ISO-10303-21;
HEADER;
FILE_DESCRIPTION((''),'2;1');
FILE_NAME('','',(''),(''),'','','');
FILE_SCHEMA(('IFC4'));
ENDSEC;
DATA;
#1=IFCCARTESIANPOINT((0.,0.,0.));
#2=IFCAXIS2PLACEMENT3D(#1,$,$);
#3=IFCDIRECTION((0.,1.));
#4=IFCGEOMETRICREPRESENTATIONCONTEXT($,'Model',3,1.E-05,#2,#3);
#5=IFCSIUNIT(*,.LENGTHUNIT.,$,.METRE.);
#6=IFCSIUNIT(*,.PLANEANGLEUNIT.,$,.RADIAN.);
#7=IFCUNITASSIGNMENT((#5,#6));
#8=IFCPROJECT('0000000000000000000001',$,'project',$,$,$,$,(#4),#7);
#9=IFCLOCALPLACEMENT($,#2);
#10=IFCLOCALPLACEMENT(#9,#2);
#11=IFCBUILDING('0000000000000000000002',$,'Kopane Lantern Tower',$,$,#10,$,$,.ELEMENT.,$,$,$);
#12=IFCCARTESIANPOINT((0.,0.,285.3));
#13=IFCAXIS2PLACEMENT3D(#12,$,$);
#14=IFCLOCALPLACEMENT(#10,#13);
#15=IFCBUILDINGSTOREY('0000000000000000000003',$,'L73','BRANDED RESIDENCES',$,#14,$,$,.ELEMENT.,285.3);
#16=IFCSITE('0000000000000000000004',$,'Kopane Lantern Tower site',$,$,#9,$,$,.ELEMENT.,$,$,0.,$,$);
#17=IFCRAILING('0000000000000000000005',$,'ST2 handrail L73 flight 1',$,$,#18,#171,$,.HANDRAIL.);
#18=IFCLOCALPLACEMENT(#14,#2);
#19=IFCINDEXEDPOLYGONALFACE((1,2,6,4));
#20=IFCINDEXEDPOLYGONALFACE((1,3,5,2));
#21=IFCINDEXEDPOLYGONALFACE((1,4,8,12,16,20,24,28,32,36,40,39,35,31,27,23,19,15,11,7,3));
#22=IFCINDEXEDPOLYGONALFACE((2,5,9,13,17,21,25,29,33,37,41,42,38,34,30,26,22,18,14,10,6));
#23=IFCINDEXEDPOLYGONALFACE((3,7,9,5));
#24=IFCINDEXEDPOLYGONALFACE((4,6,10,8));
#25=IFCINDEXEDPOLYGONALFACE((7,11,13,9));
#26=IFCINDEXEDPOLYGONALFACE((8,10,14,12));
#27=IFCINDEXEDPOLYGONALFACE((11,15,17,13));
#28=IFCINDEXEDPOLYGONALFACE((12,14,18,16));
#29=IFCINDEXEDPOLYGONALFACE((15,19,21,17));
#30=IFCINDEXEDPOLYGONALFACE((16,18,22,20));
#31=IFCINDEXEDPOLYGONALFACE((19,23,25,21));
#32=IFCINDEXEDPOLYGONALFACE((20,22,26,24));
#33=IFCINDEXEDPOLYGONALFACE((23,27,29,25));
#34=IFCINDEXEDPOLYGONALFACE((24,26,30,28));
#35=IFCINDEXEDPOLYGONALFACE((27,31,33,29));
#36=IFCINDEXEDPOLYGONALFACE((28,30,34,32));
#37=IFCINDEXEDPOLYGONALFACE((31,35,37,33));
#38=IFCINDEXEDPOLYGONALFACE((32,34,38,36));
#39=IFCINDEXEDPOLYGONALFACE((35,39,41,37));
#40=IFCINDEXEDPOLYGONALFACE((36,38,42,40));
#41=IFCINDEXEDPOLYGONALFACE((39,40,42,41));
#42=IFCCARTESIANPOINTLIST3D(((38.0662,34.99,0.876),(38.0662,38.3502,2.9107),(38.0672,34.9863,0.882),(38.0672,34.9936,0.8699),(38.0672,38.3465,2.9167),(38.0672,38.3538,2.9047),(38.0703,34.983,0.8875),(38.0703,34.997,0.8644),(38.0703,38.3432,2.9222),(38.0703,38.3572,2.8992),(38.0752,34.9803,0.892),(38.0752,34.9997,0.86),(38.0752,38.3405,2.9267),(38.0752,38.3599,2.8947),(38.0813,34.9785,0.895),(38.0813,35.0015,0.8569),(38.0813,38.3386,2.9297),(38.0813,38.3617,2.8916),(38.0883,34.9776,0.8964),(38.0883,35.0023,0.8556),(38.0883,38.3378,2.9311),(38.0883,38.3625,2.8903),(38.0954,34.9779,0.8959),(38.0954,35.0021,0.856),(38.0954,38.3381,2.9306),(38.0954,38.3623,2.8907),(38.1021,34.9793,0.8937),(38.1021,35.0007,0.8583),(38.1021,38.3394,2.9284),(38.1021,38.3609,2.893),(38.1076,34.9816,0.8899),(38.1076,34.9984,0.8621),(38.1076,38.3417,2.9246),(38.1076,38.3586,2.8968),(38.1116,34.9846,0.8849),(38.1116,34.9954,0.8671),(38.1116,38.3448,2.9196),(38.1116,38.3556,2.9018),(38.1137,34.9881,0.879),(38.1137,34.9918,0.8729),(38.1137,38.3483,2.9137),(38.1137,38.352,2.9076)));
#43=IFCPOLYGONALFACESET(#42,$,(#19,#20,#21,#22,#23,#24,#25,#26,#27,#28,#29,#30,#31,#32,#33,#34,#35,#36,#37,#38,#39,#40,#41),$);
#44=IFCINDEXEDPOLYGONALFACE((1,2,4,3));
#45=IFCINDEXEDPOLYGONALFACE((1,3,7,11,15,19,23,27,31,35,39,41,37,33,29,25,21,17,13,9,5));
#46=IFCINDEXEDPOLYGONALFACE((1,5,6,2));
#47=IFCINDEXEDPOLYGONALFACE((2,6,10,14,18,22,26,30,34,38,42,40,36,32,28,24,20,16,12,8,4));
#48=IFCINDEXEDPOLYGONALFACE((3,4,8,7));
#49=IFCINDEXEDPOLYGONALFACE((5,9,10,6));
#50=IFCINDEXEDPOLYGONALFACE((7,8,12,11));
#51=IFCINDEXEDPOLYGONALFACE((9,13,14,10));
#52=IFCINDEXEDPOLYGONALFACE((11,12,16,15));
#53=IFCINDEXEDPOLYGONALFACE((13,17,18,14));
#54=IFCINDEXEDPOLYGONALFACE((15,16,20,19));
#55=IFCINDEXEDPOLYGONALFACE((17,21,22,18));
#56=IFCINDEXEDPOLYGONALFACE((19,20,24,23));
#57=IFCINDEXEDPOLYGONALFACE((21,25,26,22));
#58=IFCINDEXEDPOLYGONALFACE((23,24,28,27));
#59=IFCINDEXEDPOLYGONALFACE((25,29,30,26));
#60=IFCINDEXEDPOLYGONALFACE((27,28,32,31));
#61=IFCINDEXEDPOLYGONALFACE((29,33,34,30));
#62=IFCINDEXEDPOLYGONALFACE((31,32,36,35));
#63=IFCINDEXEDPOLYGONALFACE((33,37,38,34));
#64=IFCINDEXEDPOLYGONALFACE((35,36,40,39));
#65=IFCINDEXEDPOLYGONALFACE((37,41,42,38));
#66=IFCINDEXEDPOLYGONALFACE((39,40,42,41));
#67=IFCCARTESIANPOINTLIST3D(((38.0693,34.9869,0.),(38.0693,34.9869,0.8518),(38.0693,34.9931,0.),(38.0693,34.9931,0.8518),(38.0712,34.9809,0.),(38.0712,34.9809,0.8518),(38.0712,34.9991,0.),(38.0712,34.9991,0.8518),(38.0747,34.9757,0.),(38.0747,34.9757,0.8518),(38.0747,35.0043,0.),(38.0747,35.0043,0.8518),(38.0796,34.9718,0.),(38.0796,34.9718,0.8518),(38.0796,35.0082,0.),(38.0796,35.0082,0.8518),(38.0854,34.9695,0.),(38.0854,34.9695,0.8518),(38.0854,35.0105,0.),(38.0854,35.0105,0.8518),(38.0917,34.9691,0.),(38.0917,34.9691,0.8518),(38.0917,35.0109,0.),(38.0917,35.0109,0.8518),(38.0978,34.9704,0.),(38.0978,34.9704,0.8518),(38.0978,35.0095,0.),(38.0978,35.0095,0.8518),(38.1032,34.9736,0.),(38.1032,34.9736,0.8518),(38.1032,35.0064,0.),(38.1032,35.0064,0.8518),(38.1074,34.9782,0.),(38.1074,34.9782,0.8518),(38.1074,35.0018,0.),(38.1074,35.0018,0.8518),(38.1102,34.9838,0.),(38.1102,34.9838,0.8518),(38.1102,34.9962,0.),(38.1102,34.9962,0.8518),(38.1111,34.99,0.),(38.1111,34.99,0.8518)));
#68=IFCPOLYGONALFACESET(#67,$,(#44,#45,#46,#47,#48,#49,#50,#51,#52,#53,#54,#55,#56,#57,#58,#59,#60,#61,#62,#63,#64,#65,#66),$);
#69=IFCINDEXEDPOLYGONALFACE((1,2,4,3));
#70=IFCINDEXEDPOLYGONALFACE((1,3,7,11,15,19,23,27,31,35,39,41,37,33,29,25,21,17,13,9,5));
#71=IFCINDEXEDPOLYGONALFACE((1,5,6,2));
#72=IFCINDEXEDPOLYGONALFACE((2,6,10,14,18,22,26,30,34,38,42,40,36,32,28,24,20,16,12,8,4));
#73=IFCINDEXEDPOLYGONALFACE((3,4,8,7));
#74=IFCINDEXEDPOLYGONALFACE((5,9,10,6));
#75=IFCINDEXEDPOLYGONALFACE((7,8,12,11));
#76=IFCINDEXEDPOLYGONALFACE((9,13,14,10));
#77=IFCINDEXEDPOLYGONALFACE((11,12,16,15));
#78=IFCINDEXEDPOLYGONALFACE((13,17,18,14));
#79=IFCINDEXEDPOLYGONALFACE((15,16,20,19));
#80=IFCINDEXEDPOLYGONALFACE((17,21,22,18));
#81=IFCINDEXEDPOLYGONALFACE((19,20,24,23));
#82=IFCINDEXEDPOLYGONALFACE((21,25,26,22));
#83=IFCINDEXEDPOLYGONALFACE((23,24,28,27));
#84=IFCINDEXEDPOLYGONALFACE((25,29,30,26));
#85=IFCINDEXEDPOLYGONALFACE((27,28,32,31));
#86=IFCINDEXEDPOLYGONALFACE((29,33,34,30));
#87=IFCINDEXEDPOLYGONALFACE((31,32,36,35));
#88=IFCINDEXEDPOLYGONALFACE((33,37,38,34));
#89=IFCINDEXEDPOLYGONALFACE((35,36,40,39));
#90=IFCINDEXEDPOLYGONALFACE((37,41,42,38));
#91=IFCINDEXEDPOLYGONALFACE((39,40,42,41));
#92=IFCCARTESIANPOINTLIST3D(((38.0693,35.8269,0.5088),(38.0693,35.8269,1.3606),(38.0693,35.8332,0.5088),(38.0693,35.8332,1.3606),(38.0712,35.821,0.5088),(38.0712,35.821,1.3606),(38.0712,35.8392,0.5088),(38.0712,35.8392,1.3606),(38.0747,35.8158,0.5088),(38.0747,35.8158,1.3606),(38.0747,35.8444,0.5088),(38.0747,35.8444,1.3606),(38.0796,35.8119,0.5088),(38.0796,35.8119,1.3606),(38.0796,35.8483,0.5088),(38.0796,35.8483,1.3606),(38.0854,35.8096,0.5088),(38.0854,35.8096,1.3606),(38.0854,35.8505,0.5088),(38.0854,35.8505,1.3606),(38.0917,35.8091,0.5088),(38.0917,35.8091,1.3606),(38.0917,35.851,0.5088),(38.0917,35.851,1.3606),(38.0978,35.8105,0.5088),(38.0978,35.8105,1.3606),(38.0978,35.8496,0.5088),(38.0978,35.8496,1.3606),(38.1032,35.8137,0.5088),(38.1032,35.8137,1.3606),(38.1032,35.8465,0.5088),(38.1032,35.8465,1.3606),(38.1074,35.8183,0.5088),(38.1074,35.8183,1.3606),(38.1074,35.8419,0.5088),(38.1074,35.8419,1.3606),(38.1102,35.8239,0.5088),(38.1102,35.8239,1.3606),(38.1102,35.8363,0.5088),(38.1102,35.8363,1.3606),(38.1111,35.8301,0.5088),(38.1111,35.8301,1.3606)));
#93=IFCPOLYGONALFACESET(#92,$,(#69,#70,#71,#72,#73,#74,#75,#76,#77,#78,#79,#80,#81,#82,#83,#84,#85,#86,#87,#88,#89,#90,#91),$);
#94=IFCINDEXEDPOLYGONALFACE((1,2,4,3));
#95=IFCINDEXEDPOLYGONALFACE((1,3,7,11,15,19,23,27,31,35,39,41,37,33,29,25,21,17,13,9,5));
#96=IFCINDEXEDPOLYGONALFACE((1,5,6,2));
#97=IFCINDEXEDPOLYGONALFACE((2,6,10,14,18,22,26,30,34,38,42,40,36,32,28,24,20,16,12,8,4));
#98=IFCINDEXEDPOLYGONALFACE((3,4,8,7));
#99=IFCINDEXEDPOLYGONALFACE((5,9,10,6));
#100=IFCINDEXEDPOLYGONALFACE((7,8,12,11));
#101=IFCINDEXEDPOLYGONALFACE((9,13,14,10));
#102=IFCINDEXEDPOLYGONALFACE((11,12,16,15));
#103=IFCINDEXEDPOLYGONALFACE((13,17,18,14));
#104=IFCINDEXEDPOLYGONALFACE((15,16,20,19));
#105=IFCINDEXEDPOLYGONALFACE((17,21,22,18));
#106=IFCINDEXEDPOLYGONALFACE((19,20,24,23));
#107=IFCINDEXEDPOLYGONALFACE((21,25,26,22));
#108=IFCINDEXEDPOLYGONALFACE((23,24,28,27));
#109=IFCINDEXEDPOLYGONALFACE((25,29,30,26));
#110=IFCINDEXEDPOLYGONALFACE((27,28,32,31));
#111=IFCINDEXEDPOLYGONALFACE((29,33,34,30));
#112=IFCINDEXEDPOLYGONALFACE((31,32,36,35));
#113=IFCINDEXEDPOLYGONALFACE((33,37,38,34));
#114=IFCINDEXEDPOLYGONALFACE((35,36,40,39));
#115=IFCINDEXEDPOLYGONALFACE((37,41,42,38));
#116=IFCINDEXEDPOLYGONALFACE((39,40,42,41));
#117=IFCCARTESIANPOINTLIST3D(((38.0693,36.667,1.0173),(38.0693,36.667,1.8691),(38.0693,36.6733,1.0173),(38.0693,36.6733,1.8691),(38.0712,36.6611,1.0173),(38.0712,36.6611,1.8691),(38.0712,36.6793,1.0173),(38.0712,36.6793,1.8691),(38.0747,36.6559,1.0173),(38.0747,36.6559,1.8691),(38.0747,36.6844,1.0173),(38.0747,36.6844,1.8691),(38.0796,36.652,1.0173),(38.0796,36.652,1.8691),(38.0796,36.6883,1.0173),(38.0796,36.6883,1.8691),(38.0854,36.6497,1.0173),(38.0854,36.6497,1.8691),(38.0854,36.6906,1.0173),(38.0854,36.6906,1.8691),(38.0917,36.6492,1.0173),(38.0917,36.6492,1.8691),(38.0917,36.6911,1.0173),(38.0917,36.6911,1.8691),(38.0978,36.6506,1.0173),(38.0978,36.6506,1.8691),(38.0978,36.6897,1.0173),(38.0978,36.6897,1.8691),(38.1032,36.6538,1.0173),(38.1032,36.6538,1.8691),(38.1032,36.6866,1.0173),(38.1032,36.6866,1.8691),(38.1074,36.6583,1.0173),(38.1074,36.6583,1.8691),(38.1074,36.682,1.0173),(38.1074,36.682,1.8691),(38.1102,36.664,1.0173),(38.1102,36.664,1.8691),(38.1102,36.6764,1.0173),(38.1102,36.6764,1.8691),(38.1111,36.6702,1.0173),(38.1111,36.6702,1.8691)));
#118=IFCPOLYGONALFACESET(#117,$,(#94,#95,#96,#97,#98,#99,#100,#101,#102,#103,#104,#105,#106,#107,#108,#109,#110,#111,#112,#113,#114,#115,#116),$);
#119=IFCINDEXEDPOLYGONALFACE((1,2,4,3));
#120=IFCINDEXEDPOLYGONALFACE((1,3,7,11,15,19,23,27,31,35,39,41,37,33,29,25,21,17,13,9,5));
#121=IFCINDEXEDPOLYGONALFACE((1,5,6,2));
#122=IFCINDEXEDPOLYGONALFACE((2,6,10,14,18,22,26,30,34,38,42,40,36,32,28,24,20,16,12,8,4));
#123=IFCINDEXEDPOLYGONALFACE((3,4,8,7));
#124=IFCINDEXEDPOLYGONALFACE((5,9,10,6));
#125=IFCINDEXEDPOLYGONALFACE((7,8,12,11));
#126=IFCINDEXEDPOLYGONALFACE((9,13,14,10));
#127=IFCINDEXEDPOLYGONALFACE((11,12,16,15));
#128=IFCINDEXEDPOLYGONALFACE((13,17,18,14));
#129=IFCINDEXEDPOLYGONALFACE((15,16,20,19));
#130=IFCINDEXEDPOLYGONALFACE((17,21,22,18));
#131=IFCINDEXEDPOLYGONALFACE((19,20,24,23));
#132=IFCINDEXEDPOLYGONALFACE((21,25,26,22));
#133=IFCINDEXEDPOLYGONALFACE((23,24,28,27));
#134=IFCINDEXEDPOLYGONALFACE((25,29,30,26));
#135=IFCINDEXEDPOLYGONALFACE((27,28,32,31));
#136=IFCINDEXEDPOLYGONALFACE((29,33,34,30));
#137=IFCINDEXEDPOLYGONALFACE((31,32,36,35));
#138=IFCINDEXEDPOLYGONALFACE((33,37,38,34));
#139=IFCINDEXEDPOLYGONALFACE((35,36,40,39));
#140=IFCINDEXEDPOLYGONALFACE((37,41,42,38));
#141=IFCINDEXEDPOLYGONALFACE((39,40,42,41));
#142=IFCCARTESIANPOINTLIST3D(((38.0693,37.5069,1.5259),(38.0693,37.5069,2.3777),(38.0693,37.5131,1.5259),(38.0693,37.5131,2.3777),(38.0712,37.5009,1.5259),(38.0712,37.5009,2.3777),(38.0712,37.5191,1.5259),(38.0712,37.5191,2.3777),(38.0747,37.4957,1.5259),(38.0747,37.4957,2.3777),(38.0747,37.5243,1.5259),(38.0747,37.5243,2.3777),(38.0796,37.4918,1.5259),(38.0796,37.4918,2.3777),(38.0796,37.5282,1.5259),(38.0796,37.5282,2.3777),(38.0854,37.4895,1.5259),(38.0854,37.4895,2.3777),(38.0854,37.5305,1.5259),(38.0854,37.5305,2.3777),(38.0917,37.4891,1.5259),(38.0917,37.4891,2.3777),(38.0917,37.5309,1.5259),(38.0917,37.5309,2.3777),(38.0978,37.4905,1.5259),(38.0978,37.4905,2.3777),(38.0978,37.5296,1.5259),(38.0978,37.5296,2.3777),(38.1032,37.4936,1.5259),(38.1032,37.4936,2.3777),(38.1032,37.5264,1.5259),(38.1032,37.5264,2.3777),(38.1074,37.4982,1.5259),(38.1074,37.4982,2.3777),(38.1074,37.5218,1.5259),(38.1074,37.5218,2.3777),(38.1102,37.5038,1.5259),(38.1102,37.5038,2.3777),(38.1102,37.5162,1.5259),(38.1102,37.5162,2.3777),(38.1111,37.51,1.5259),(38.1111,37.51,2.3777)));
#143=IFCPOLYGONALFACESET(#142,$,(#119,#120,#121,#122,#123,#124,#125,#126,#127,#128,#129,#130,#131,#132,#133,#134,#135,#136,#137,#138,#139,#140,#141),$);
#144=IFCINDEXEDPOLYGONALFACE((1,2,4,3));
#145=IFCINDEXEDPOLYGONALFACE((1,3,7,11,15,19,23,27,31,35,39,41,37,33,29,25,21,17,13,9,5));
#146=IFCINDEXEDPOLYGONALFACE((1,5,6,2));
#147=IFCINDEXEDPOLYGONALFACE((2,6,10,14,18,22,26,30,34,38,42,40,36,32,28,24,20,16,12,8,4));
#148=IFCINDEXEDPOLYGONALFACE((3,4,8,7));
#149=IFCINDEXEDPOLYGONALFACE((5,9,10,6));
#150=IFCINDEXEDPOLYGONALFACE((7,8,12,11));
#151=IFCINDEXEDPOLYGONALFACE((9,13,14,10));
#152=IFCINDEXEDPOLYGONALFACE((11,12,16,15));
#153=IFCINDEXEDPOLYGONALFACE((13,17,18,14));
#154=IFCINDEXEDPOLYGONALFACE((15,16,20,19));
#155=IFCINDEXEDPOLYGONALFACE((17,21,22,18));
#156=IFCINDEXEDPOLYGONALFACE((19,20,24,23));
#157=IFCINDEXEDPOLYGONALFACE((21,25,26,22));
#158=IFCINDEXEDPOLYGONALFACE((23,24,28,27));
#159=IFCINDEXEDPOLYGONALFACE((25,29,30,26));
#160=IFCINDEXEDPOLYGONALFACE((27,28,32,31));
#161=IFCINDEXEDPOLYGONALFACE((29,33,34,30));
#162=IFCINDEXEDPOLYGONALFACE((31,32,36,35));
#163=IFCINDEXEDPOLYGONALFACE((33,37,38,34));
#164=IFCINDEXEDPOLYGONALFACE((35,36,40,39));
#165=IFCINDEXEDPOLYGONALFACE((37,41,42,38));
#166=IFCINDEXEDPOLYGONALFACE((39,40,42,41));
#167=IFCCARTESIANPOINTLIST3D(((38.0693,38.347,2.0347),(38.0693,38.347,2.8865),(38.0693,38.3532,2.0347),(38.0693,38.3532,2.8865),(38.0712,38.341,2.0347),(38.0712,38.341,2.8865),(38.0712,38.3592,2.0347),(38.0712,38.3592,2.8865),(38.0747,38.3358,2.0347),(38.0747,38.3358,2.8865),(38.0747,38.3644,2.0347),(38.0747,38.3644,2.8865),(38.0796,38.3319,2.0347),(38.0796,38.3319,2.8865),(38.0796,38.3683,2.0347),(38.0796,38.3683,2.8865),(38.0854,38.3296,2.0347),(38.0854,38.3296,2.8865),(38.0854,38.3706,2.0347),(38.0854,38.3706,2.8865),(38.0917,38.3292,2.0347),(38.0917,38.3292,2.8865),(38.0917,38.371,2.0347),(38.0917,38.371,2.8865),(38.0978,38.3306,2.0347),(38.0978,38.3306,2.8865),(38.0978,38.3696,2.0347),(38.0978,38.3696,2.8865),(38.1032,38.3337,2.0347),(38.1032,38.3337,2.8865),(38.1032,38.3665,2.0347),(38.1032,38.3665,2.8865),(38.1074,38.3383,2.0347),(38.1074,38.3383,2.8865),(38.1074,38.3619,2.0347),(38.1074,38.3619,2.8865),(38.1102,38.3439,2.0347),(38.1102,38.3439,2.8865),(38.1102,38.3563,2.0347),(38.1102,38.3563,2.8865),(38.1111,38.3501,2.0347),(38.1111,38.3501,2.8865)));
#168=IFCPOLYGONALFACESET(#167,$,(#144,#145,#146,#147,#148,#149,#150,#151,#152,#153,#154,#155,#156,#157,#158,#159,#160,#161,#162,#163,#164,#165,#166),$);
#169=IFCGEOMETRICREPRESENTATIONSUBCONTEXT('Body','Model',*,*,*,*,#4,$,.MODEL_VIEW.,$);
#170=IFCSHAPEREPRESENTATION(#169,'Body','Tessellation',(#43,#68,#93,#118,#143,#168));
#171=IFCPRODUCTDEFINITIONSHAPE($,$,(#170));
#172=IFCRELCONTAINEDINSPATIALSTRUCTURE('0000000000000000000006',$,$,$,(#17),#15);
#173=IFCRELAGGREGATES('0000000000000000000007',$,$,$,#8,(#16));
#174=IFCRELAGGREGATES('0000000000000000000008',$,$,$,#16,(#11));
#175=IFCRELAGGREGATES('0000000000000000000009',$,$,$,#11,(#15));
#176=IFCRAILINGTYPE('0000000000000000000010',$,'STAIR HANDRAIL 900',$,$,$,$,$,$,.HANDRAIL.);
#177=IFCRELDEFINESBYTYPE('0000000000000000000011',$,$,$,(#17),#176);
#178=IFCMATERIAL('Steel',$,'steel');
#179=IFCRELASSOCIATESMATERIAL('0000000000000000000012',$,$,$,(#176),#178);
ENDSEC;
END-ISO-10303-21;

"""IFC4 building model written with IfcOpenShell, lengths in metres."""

from ifc_helpers import new_model, si_unit, direction, frame, origin, origin_2d, place, context, subcontext, project, spatial, circle, extrude, material, type_object, element, save


model = new_model("IFC4")

# Units and contexts
model_context = context("Model", 3, precision=1e-05, world=origin(), true_north=direction((0.0, 1.0)))
body_context = subcontext(model_context, "Body", "Model", "MODEL_VIEW")
ifc_project = project(units=[si_unit("LENGTHUNIT", "METRE"), si_unit("PLANEANGLEUNIT", "RADIAN")], contexts=[model_context])

# Site, building, storey
site_placement = place(None, origin())
site = spatial("IfcSite", under=ifc_project, at=site_placement, Name="Kopane Lantern Tower site", CompositionType="ELEMENT", RefElevation=0.0)
building_placement = place(site_placement, origin())
building = spatial("IfcBuilding", under=site, at=building_placement, Name="Kopane Lantern Tower", CompositionType="ELEMENT")
storey_placement = place(building_placement, frame((0.0, 0.0, 285.3)))
storey = spatial("IfcBuildingStorey", under=building, at=storey_placement, Name="L73", Description="BRANDED RESIDENCES", CompositionType="ELEMENT", Elevation=285.3)

# Railing
ifc_material_1 = material(Name="Steel", Category="steel")
railing_type_1 = type_object("IfcRailingType", Name="STAIR HANDRAIL 900", PredefinedType="HANDRAIL", material=ifc_material_1)
for number, where, name in (
    (1, (38.0901, 34.99, 0.0), "ST2 handrail L73 flight 1"),
):
    element("IfcRailing", number, at=place(storey_placement, frame(where)), inside=storey, type_object=railing_type_1, Name=name, PredefinedType="HANDRAIL", context=body_context, shape_type="SweptSolid", body=[
        extrude(circle(Radius=0.0239, at=origin_2d()), frame((0.0, 0.0, 0.876), z_axis=(0.0, 0.855396, 0.517974), x_axis=(-1.0, 0.0, 0.0)), (0.0, 0.0, 1.0), 3.9282),
        extrude(circle(Radius=0.021, at=origin_2d()), origin(), (0.0, 0.0, 1.0), 0.8518),
        extrude(circle(Radius=0.021, at=origin_2d()), frame((0.0, 0.8401, 0.5088)), (0.0, 0.0, 1.0), 0.8518),
        extrude(circle(Radius=0.021, at=origin_2d()), frame((0.0, 1.6802, 1.0173)), (0.0, 0.0, 1.0), 0.8518),
        extrude(circle(Radius=0.021, at=origin_2d()), frame((0.0, 2.52, 1.5259)), (0.0, 0.0, 1.0), 0.8518),
        extrude(circle(Radius=0.021, at=origin_2d()), frame((0.0, 3.3601, 2.0347)), (0.0, 0.0, 1.0), 0.8518),
    ])

save(model, "model.ifc")
